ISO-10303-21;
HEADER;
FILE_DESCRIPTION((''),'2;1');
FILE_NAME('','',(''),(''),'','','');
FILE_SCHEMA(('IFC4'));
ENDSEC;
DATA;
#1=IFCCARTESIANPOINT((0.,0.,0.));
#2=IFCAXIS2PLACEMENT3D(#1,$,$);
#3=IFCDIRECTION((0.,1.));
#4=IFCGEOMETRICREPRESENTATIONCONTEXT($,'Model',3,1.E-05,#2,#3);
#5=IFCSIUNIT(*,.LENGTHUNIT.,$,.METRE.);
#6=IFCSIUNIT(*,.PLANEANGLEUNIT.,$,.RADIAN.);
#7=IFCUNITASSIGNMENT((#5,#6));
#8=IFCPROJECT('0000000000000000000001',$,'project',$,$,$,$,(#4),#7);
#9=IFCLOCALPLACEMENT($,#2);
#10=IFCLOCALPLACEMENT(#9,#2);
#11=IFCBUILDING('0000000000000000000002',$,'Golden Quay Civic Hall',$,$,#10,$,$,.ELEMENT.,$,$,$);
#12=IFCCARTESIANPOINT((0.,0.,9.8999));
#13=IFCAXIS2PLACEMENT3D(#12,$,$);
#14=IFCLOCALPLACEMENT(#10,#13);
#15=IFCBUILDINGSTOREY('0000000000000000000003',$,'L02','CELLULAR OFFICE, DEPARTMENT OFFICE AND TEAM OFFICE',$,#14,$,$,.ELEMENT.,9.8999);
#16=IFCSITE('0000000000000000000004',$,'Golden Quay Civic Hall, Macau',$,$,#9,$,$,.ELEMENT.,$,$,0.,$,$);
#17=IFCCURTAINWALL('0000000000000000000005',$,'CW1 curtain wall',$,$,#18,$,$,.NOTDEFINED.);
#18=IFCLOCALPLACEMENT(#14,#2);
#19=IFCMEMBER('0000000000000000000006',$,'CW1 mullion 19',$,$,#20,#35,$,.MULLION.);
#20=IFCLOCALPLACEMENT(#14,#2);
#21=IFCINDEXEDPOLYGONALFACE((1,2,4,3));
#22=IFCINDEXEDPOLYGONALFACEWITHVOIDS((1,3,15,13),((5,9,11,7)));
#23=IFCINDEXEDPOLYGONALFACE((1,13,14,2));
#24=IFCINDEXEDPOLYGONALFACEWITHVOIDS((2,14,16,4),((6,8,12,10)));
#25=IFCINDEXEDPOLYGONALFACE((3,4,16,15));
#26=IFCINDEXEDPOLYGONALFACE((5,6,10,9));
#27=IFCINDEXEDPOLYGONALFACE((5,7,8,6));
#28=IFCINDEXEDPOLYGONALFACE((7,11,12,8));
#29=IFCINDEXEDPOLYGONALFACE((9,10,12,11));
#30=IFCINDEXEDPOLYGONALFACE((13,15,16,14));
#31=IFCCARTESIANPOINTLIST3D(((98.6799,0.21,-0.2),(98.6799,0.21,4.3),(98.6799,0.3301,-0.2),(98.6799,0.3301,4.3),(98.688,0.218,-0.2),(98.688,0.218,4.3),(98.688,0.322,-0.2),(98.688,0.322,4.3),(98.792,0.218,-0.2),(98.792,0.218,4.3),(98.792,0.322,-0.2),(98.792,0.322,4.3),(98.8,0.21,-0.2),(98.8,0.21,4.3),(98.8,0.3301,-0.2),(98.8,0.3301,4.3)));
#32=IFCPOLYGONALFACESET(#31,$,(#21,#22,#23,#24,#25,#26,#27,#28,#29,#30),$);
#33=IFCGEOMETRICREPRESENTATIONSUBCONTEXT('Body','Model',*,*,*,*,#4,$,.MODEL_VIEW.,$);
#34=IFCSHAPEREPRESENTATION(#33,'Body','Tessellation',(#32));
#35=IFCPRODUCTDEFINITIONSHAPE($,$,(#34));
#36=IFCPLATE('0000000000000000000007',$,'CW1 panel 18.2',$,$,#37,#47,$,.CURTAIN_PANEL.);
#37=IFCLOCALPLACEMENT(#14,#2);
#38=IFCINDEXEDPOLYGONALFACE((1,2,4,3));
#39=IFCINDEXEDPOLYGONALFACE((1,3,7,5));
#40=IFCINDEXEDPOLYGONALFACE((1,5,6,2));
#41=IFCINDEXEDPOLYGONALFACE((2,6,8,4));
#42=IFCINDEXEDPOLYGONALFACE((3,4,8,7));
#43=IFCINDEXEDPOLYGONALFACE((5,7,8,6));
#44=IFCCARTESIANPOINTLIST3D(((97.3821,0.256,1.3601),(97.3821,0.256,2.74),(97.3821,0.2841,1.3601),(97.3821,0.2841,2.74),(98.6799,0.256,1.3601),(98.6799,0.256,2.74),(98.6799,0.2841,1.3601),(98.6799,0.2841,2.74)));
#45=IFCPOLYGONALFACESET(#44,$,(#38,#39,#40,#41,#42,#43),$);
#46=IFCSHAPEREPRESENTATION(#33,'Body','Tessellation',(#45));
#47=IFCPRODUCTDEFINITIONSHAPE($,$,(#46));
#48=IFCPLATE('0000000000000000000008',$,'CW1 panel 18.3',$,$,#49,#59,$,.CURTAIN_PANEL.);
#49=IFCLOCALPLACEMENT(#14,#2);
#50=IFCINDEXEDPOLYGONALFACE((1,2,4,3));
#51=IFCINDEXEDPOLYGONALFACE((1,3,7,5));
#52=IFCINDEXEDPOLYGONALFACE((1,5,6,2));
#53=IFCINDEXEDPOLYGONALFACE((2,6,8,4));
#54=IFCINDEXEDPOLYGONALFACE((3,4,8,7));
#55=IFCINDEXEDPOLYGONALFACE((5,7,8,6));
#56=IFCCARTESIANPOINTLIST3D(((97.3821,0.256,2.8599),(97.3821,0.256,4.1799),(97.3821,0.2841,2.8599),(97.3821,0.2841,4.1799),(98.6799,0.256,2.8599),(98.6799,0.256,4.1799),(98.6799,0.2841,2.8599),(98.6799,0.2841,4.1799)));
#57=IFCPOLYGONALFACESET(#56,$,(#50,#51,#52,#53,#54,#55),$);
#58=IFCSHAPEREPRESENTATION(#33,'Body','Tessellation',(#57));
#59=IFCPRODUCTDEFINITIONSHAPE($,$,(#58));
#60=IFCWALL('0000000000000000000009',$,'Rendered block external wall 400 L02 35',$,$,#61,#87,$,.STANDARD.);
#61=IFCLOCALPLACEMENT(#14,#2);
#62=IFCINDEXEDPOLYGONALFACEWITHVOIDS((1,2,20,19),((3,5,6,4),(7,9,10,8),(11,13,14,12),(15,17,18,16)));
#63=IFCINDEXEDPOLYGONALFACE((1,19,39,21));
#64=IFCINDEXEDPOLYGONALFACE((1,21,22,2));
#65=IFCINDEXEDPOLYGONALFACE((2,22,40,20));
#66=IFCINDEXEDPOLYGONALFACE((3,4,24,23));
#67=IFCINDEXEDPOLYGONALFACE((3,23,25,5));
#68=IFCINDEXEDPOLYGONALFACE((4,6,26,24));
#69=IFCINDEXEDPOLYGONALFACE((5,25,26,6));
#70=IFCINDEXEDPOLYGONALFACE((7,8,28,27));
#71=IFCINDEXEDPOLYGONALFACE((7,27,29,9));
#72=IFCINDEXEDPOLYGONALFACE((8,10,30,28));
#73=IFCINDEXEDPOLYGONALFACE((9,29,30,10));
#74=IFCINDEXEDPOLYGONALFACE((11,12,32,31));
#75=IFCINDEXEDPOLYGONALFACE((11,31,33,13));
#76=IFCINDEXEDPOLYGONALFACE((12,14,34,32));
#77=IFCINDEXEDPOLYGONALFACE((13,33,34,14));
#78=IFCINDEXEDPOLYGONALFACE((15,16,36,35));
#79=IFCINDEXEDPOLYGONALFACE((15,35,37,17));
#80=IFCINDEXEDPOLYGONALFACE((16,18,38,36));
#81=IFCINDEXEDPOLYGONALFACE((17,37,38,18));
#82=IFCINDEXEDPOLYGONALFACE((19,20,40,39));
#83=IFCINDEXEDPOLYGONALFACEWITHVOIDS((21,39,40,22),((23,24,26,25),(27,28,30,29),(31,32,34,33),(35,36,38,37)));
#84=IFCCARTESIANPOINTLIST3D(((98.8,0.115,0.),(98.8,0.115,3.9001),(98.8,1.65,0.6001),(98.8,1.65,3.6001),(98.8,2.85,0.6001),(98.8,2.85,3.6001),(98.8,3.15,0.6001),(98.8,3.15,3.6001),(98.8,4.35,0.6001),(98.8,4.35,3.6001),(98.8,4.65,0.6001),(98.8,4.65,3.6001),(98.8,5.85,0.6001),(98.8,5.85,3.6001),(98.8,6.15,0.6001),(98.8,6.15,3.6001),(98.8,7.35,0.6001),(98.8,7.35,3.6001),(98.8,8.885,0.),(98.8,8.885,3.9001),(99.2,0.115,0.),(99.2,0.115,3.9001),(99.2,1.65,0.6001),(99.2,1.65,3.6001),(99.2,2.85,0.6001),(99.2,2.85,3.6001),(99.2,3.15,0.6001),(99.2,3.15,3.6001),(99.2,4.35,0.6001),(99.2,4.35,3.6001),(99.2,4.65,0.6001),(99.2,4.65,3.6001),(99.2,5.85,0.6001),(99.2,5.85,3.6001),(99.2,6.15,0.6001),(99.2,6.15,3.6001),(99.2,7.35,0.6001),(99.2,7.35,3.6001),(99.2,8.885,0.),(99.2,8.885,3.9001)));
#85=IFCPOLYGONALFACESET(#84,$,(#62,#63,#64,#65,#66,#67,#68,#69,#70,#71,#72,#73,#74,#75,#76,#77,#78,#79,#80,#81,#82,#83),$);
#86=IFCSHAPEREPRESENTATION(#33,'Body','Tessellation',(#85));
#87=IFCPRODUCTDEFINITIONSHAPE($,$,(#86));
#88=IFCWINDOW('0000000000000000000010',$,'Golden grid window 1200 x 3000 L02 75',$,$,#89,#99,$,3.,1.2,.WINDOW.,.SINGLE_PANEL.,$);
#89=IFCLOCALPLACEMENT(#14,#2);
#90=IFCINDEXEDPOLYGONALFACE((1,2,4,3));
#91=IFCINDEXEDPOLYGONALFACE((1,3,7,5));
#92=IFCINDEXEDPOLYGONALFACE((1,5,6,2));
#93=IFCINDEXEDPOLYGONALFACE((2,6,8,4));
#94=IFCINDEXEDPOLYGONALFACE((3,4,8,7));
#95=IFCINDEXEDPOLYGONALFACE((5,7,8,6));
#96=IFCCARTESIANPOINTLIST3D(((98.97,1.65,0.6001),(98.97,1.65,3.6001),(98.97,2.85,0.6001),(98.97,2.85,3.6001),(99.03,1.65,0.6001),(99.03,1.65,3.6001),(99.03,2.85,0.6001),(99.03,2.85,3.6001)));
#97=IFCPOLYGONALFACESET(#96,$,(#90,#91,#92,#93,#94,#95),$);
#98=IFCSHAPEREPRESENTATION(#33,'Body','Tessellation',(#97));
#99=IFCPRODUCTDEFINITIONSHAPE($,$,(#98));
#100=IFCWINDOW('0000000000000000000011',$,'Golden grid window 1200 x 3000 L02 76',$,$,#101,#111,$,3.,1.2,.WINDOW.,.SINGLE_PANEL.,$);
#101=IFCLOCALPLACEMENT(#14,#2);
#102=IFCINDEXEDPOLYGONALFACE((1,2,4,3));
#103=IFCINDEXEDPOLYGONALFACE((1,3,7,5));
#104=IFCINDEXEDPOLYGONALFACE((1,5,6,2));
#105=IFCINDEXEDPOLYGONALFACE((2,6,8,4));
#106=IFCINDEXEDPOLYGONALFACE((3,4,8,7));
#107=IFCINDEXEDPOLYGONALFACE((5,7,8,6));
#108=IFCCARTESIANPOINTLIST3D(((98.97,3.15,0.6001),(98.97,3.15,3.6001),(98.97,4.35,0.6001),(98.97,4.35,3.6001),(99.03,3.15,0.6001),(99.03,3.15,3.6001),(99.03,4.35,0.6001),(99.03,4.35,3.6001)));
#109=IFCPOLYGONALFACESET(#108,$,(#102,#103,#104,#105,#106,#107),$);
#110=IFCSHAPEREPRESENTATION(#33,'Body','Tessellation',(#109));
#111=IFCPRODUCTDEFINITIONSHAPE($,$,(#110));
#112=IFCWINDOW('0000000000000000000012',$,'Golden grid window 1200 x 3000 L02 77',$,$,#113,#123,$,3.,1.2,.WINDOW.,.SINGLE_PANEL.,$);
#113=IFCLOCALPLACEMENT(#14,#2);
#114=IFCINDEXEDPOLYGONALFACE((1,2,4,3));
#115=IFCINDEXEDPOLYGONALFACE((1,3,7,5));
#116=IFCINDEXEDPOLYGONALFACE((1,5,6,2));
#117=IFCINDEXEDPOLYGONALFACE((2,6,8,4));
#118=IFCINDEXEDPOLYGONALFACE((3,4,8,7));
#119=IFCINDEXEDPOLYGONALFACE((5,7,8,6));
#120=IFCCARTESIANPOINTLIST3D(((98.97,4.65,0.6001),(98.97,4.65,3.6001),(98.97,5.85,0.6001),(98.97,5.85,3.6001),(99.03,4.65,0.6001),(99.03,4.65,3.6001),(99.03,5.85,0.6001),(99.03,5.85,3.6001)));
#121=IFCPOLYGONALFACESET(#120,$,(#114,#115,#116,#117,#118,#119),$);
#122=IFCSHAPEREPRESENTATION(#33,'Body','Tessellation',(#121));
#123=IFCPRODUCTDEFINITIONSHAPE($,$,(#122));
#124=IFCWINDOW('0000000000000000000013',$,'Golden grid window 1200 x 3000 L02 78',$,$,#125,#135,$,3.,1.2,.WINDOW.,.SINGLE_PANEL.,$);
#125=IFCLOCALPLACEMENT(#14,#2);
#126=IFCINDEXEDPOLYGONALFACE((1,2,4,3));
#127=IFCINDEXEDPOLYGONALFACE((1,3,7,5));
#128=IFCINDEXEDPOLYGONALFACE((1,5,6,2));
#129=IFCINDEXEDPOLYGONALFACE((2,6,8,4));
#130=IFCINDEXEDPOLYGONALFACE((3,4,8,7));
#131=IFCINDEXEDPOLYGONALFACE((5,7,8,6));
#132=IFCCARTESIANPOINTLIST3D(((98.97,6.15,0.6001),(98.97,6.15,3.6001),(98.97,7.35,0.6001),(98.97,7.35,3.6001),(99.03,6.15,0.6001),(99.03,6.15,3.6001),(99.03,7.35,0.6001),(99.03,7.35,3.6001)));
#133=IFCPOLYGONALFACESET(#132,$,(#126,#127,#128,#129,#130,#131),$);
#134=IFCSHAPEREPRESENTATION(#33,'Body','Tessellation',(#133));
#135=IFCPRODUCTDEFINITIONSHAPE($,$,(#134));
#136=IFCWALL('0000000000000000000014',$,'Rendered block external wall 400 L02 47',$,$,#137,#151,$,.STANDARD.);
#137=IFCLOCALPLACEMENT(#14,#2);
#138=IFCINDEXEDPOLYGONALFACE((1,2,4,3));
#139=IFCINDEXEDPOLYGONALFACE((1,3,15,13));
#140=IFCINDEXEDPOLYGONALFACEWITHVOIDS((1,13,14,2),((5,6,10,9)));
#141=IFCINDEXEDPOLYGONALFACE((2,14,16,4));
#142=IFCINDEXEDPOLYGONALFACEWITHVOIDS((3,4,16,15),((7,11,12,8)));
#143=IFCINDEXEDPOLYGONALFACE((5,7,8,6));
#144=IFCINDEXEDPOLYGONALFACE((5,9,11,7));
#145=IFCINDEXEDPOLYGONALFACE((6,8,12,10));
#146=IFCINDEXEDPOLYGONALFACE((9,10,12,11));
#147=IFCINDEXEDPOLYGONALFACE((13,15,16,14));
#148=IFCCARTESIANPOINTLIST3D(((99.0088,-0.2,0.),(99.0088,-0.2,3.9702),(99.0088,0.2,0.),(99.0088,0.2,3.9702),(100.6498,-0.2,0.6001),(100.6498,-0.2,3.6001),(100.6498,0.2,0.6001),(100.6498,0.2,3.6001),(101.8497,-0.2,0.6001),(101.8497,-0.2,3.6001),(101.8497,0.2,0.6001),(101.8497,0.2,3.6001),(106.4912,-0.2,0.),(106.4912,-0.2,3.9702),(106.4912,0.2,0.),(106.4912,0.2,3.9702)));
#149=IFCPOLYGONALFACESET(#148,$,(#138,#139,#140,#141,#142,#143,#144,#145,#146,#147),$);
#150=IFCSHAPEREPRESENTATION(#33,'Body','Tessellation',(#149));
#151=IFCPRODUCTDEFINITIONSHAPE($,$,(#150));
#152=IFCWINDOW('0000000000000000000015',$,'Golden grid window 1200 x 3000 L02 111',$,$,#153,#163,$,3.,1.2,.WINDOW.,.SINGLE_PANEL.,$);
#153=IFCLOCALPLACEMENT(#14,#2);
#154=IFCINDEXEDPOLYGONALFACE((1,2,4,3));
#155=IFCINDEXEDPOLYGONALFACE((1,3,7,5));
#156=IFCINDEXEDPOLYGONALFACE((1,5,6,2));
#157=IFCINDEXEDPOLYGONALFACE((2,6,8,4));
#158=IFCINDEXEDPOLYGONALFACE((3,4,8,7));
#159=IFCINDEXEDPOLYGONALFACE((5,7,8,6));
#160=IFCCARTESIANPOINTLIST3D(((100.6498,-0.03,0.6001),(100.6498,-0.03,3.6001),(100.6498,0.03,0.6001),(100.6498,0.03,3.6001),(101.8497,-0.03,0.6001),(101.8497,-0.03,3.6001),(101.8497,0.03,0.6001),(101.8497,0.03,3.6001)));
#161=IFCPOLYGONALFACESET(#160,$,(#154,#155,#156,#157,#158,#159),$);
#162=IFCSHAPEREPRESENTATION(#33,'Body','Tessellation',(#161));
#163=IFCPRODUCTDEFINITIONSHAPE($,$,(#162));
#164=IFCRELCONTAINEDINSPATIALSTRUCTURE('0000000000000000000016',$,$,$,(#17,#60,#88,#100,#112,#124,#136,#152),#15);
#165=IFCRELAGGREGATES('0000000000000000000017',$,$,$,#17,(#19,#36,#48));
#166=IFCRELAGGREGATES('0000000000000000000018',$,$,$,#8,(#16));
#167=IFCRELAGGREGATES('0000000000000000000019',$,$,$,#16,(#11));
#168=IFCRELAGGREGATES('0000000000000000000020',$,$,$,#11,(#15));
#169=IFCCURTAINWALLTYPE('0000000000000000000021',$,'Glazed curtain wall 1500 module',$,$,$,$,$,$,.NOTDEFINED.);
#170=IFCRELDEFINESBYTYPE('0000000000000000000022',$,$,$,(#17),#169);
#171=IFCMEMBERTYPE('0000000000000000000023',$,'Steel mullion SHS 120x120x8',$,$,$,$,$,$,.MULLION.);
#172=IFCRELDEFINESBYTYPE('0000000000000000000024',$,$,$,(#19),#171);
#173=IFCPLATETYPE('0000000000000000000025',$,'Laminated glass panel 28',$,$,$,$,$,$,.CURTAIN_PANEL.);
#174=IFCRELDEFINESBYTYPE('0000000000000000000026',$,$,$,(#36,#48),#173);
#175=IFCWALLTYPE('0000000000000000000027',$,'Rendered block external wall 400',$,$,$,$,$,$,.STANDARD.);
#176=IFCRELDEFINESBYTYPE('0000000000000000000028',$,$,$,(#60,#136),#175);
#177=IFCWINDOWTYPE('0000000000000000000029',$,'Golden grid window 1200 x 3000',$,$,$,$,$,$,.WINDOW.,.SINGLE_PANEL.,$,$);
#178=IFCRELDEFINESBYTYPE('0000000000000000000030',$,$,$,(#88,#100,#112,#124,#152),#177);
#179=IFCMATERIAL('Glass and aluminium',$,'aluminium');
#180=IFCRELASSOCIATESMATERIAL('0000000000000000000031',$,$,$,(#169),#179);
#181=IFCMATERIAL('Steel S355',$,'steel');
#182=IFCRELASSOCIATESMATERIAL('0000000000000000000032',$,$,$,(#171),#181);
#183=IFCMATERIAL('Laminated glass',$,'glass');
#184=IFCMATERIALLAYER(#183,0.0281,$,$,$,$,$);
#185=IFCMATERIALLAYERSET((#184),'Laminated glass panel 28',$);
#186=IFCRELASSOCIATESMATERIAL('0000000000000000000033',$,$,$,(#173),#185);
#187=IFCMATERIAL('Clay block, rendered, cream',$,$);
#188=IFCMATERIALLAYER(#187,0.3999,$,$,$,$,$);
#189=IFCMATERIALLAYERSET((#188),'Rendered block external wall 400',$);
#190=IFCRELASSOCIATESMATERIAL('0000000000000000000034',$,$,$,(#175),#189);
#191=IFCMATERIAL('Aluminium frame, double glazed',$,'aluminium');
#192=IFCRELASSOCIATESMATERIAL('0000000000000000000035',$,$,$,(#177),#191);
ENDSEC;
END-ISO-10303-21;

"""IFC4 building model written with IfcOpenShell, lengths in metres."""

from ifc_helpers import new_model, si_unit, direction, frame, frame_2d, origin, origin_2d, place, context, subcontext, project, spatial, rectangle, hollow_rectangle, extrude, material, layer, layer_set, material_profile, profile_set, type_object, element, fill, aggregate, save


model = new_model("IFC4")

# Units and contexts
model_context = context("Model", 3, precision=1e-05, world=origin(), true_north=direction((0.0, 1.0)))
body_context = subcontext(model_context, "Body", "Model", "MODEL_VIEW")
ifc_project = project(units=[si_unit("LENGTHUNIT", "METRE"), si_unit("PLANEANGLEUNIT", "RADIAN")], contexts=[model_context])

# Site, building, storey
site_placement = place(None, origin())
site = spatial("IfcSite", under=ifc_project, at=site_placement, Name="Golden Quay Civic Hall, Macau", CompositionType="ELEMENT", RefElevation=0.0)
building_placement = place(site_placement, origin())
building = spatial("IfcBuilding", under=site, at=building_placement, Name="Golden Quay Civic Hall", CompositionType="ELEMENT")
storey_placement = place(building_placement, frame((0.0, 0.0, 9.8999)))
storey = spatial("IfcBuildingStorey", under=building, at=storey_placement, Name="L02", Description="CELLULAR OFFICE, DEPARTMENT OFFICE AND TEAM OFFICE", CompositionType="ELEMENT", Elevation=9.8999)

# Curtain wall, member, plates
ifc_material_1 = material(Name="Glass and aluminium", Category="aluminium")
curtain_wall_type = type_object("IfcCurtainWallType", Name="Glazed curtain wall 1500 module", PredefinedType="NOTDEFINED", material=ifc_material_1)
curtain_wall_placement = place(storey_placement, origin())
curtain_wall = element("IfcCurtainWall", 1, at=curtain_wall_placement, inside=storey, type_object=curtain_wall_type, Name="CW1 curtain wall", PredefinedType="NOTDEFINED")
ifc_material_2 = material(Name="Steel S355", Category="steel")
ifc_material_profile_1 = material_profile(ifc_material_2, hollow_rectangle(XDim=0.1201, YDim=0.1201, WallThickness=0.0081, at=origin_2d()), Name="SHS 120x120x8")
ifc_profile_set_1 = profile_set([ifc_material_profile_1], Name="Steel S355")
member_type_1 = type_object("IfcMemberType", Name="Steel mullion SHS 120x120x8", PredefinedType="MULLION", material=ifc_profile_set_1)
member_1_placement = place(storey_placement, frame((98.74, 0.27, -0.2), z_axis=(0.0, 0.0, 1.0), x_axis=(0.0, 1.0, 0.0)))
member_1 = element("IfcMember", 2, at=member_1_placement, type_object=member_type_1, Name="CW1 mullion 19", PredefinedType="MULLION", context=body_context, shape_type="SweptSolid", body=[
    extrude(hollow_rectangle(XDim=0.1201, YDim=0.1201, WallThickness=0.0081, at=origin_2d()), origin(), (0.0, 0.0, 1.0), 4.5),
])
ifc_material_3 = material(Name="Laminated glass", Category="glass")
ifc_layer_1 = layer(ifc_material_3, 0.0281)
ifc_layer_set_1 = layer_set([ifc_layer_1], Name="Laminated glass panel 28")
plate_type = type_object("IfcPlateType", Name="Laminated glass panel 28", PredefinedType="CURTAIN_PANEL", material=ifc_layer_set_1)
plate_1_placement = place(storey_placement, frame((98.031, 0.27, 1.3601), z_axis=(0.0, 0.0, 1.0), x_axis=(1.0, 0.0, 0.0)))
plate_1 = element("IfcPlate", 3, at=plate_1_placement, type_object=plate_type, Name="CW1 panel 18.2", PredefinedType="CURTAIN_PANEL", context=body_context, shape_type="SweptSolid", body=[
    extrude(rectangle(XDim=1.2979, YDim=0.0281, at=origin_2d()), origin(), (0.0, 0.0, 1.0), 1.3799),
])
plate_2_placement = place(storey_placement, frame((98.031, 0.27, 2.8599), z_axis=(0.0, 0.0, 1.0), x_axis=(1.0, 0.0, 0.0)))
plate_2 = element("IfcPlate", 4, at=plate_2_placement, type_object=plate_type, Name="CW1 panel 18.3", PredefinedType="CURTAIN_PANEL", context=body_context, shape_type="SweptSolid", body=[
    extrude(rectangle(XDim=1.2979, YDim=0.0281, at=origin_2d()), origin(), (0.0, 0.0, 1.0), 1.3201),
])
aggregate(curtain_wall, [member_1, plate_1, plate_2])

# Wall, openings, windows
ifc_material_4 = material(Name="Clay block, rendered, cream")
ifc_layer_2 = layer(ifc_material_4, 0.3999)
ifc_layer_set_2 = layer_set([ifc_layer_2], Name="Rendered block external wall 400")
wall_type = type_object("IfcWallType", Name="Rendered block external wall 400", PredefinedType="STANDARD", material=ifc_layer_set_2)
wall_1_placement = place(storey_placement, frame((99.0, 0.115, 0.0), z_axis=(0.0, 0.0, 1.0), x_axis=(0.0, 1.0, 0.0)))
wall_1 = element("IfcWall", 5, at=wall_1_placement, inside=storey, type_object=wall_type, Name="Rendered block external wall 400 L02 35", PredefinedType="STANDARD", context=body_context, shape_type="SweptSolid", body=[
    extrude(rectangle(XDim=8.77, YDim=0.3999, at=frame_2d((4.385, 0.0))), origin(), (0.0, 0.0, 1.0), 3.9001),
])
opening_1_placement = place(wall_1_placement, frame((1.5349, 0.0, 0.6001)))
opening_1 = element("IfcOpeningElement", 6, at=opening_1_placement, cuts=wall_1, PredefinedType="OPENING", context=body_context, shape_type="SweptSolid", body=[
    extrude(rectangle(XDim=1.2, YDim=3.0, at=frame_2d((0.6001, 1.5))), frame((0.0, 0.21, 0.0), z_axis=(0.0, -1.0, 0.0), x_axis=(1.0, 0.0, 0.0)), (0.0, 0.0, 1.0), 0.4199),
])
opening_2_placement = place(wall_1_placement, frame((3.0349, 0.0, 0.6001)))
opening_2 = element("IfcOpeningElement", 7, at=opening_2_placement, cuts=wall_1, PredefinedType="OPENING", context=body_context, shape_type="SweptSolid", body=[
    extrude(rectangle(XDim=1.2, YDim=3.0, at=frame_2d((0.6001, 1.5))), frame((0.0, 0.21, 0.0), z_axis=(0.0, -1.0, 0.0), x_axis=(1.0, 0.0, 0.0)), (0.0, 0.0, 1.0), 0.4199),
])
opening_3_placement = place(wall_1_placement, frame((4.5349, 0.0, 0.6001)))
opening_3 = element("IfcOpeningElement", 8, at=opening_3_placement, cuts=wall_1, PredefinedType="OPENING", context=body_context, shape_type="SweptSolid", body=[
    extrude(rectangle(XDim=1.2, YDim=3.0, at=frame_2d((0.6001, 1.5))), frame((0.0, 0.21, 0.0), z_axis=(0.0, -1.0, 0.0), x_axis=(1.0, 0.0, 0.0)), (0.0, 0.0, 1.0), 0.4199),
])
opening_4_placement = place(wall_1_placement, frame((6.0349, 0.0, 0.6001)))
opening_4 = element("IfcOpeningElement", 9, at=opening_4_placement, cuts=wall_1, PredefinedType="OPENING", context=body_context, shape_type="SweptSolid", body=[
    extrude(rectangle(XDim=1.2, YDim=3.0, at=frame_2d((0.6001, 1.5))), frame((0.0, 0.21, 0.0), z_axis=(0.0, -1.0, 0.0), x_axis=(1.0, 0.0, 0.0)), (0.0, 0.0, 1.0), 0.4199),
])
ifc_material_5 = material(Name="Aluminium frame, double glazed", Category="aluminium")
window_type = type_object("IfcWindowType", Name="Golden grid window 1200 x 3000", PartitioningType="SINGLE_PANEL", PredefinedType="WINDOW", material=ifc_material_5)
window_1_placement = place(opening_1_placement, origin())
window_1 = element("IfcWindow", 10, at=window_1_placement, inside=storey, type_object=window_type, Name="Golden grid window 1200 x 3000 L02 75", OverallHeight=3.0, OverallWidth=1.2, PartitioningType="SINGLE_PANEL", PredefinedType="WINDOW", context=body_context, shape_type="SweptSolid", body=[
    extrude(rectangle(XDim=1.2, YDim=3.0, at=frame_2d((0.6001, 1.5))), frame((0.0, 0.03, 0.0), z_axis=(0.0, -1.0, 0.0), x_axis=(1.0, 0.0, 0.0)), (0.0, 0.0, 1.0), 0.0601),
])
fill(opening_1, window_1)
window_2_placement = place(opening_2_placement, origin())
window_2 = element("IfcWindow", 11, at=window_2_placement, inside=storey, type_object=window_type, Name="Golden grid window 1200 x 3000 L02 76", OverallHeight=3.0, OverallWidth=1.2, PartitioningType="SINGLE_PANEL", PredefinedType="WINDOW", context=body_context, shape_type="SweptSolid", body=[
    extrude(rectangle(XDim=1.2, YDim=3.0, at=frame_2d((0.6001, 1.5))), frame((0.0, 0.03, 0.0), z_axis=(0.0, -1.0, 0.0), x_axis=(1.0, 0.0, 0.0)), (0.0, 0.0, 1.0), 0.0601),
])
fill(opening_2, window_2)
window_3_placement = place(opening_3_placement, origin())
window_3 = element("IfcWindow", 12, at=window_3_placement, inside=storey, type_object=window_type, Name="Golden grid window 1200 x 3000 L02 77", OverallHeight=3.0, OverallWidth=1.2, PartitioningType="SINGLE_PANEL", PredefinedType="WINDOW", context=body_context, shape_type="SweptSolid", body=[
    extrude(rectangle(XDim=1.2, YDim=3.0, at=frame_2d((0.6001, 1.5))), frame((0.0, 0.03, 0.0), z_axis=(0.0, -1.0, 0.0), x_axis=(1.0, 0.0, 0.0)), (0.0, 0.0, 1.0), 0.0601),
])
fill(opening_3, window_3)
window_4_placement = place(opening_4_placement, origin())
window_4 = element("IfcWindow", 13, at=window_4_placement, inside=storey, type_object=window_type, Name="Golden grid window 1200 x 3000 L02 78", OverallHeight=3.0, OverallWidth=1.2, PartitioningType="SINGLE_PANEL", PredefinedType="WINDOW", context=body_context, shape_type="SweptSolid", body=[
    extrude(rectangle(XDim=1.2, YDim=3.0, at=frame_2d((0.6001, 1.5))), frame((0.0, 0.03, 0.0), z_axis=(0.0, -1.0, 0.0), x_axis=(1.0, 0.0, 0.0)), (0.0, 0.0, 1.0), 0.0601),
])
fill(opening_4, window_4)

# Wall, opening, window
wall_2_placement = place(storey_placement, frame((106.4912, 0.0, 0.0), z_axis=(0.0, 0.0, 1.0), x_axis=(-1.0, 0.0, 0.0)))
wall_2 = element("IfcWall", 14, at=wall_2_placement, inside=storey, type_object=wall_type, Name="Rendered block external wall 400 L02 47", PredefinedType="STANDARD", context=body_context, shape_type="SweptSolid", body=[
    extrude(rectangle(XDim=7.4824, YDim=0.3999, at=frame_2d((3.7412, 0.0))), origin(), (0.0, 0.0, 1.0), 3.9702),
])
opening_5_placement = place(wall_2_placement, frame((4.6414, 0.0, 0.6001)))
opening_5 = element("IfcOpeningElement", 15, at=opening_5_placement, cuts=wall_2, PredefinedType="OPENING", context=body_context, shape_type="SweptSolid", body=[
    extrude(rectangle(XDim=1.2, YDim=3.0, at=frame_2d((0.6001, 1.5))), frame((0.0, 0.21, 0.0), z_axis=(0.0, -1.0, 0.0), x_axis=(1.0, 0.0, 0.0)), (0.0, 0.0, 1.0), 0.4199),
])
window_5_placement = place(opening_5_placement, origin())
window_5 = element("IfcWindow", 16, at=window_5_placement, inside=storey, type_object=window_type, Name="Golden grid window 1200 x 3000 L02 111", OverallHeight=3.0, OverallWidth=1.2, PartitioningType="SINGLE_PANEL", PredefinedType="WINDOW", context=body_context, shape_type="SweptSolid", body=[
    extrude(rectangle(XDim=1.2, YDim=3.0, at=frame_2d((0.6001, 1.5))), frame((0.0, 0.03, 0.0), z_axis=(0.0, -1.0, 0.0), x_axis=(1.0, 0.0, 0.0)), (0.0, 0.0, 1.0), 0.0601),
])
fill(opening_5, window_5)

save(model, "model.ifc")
